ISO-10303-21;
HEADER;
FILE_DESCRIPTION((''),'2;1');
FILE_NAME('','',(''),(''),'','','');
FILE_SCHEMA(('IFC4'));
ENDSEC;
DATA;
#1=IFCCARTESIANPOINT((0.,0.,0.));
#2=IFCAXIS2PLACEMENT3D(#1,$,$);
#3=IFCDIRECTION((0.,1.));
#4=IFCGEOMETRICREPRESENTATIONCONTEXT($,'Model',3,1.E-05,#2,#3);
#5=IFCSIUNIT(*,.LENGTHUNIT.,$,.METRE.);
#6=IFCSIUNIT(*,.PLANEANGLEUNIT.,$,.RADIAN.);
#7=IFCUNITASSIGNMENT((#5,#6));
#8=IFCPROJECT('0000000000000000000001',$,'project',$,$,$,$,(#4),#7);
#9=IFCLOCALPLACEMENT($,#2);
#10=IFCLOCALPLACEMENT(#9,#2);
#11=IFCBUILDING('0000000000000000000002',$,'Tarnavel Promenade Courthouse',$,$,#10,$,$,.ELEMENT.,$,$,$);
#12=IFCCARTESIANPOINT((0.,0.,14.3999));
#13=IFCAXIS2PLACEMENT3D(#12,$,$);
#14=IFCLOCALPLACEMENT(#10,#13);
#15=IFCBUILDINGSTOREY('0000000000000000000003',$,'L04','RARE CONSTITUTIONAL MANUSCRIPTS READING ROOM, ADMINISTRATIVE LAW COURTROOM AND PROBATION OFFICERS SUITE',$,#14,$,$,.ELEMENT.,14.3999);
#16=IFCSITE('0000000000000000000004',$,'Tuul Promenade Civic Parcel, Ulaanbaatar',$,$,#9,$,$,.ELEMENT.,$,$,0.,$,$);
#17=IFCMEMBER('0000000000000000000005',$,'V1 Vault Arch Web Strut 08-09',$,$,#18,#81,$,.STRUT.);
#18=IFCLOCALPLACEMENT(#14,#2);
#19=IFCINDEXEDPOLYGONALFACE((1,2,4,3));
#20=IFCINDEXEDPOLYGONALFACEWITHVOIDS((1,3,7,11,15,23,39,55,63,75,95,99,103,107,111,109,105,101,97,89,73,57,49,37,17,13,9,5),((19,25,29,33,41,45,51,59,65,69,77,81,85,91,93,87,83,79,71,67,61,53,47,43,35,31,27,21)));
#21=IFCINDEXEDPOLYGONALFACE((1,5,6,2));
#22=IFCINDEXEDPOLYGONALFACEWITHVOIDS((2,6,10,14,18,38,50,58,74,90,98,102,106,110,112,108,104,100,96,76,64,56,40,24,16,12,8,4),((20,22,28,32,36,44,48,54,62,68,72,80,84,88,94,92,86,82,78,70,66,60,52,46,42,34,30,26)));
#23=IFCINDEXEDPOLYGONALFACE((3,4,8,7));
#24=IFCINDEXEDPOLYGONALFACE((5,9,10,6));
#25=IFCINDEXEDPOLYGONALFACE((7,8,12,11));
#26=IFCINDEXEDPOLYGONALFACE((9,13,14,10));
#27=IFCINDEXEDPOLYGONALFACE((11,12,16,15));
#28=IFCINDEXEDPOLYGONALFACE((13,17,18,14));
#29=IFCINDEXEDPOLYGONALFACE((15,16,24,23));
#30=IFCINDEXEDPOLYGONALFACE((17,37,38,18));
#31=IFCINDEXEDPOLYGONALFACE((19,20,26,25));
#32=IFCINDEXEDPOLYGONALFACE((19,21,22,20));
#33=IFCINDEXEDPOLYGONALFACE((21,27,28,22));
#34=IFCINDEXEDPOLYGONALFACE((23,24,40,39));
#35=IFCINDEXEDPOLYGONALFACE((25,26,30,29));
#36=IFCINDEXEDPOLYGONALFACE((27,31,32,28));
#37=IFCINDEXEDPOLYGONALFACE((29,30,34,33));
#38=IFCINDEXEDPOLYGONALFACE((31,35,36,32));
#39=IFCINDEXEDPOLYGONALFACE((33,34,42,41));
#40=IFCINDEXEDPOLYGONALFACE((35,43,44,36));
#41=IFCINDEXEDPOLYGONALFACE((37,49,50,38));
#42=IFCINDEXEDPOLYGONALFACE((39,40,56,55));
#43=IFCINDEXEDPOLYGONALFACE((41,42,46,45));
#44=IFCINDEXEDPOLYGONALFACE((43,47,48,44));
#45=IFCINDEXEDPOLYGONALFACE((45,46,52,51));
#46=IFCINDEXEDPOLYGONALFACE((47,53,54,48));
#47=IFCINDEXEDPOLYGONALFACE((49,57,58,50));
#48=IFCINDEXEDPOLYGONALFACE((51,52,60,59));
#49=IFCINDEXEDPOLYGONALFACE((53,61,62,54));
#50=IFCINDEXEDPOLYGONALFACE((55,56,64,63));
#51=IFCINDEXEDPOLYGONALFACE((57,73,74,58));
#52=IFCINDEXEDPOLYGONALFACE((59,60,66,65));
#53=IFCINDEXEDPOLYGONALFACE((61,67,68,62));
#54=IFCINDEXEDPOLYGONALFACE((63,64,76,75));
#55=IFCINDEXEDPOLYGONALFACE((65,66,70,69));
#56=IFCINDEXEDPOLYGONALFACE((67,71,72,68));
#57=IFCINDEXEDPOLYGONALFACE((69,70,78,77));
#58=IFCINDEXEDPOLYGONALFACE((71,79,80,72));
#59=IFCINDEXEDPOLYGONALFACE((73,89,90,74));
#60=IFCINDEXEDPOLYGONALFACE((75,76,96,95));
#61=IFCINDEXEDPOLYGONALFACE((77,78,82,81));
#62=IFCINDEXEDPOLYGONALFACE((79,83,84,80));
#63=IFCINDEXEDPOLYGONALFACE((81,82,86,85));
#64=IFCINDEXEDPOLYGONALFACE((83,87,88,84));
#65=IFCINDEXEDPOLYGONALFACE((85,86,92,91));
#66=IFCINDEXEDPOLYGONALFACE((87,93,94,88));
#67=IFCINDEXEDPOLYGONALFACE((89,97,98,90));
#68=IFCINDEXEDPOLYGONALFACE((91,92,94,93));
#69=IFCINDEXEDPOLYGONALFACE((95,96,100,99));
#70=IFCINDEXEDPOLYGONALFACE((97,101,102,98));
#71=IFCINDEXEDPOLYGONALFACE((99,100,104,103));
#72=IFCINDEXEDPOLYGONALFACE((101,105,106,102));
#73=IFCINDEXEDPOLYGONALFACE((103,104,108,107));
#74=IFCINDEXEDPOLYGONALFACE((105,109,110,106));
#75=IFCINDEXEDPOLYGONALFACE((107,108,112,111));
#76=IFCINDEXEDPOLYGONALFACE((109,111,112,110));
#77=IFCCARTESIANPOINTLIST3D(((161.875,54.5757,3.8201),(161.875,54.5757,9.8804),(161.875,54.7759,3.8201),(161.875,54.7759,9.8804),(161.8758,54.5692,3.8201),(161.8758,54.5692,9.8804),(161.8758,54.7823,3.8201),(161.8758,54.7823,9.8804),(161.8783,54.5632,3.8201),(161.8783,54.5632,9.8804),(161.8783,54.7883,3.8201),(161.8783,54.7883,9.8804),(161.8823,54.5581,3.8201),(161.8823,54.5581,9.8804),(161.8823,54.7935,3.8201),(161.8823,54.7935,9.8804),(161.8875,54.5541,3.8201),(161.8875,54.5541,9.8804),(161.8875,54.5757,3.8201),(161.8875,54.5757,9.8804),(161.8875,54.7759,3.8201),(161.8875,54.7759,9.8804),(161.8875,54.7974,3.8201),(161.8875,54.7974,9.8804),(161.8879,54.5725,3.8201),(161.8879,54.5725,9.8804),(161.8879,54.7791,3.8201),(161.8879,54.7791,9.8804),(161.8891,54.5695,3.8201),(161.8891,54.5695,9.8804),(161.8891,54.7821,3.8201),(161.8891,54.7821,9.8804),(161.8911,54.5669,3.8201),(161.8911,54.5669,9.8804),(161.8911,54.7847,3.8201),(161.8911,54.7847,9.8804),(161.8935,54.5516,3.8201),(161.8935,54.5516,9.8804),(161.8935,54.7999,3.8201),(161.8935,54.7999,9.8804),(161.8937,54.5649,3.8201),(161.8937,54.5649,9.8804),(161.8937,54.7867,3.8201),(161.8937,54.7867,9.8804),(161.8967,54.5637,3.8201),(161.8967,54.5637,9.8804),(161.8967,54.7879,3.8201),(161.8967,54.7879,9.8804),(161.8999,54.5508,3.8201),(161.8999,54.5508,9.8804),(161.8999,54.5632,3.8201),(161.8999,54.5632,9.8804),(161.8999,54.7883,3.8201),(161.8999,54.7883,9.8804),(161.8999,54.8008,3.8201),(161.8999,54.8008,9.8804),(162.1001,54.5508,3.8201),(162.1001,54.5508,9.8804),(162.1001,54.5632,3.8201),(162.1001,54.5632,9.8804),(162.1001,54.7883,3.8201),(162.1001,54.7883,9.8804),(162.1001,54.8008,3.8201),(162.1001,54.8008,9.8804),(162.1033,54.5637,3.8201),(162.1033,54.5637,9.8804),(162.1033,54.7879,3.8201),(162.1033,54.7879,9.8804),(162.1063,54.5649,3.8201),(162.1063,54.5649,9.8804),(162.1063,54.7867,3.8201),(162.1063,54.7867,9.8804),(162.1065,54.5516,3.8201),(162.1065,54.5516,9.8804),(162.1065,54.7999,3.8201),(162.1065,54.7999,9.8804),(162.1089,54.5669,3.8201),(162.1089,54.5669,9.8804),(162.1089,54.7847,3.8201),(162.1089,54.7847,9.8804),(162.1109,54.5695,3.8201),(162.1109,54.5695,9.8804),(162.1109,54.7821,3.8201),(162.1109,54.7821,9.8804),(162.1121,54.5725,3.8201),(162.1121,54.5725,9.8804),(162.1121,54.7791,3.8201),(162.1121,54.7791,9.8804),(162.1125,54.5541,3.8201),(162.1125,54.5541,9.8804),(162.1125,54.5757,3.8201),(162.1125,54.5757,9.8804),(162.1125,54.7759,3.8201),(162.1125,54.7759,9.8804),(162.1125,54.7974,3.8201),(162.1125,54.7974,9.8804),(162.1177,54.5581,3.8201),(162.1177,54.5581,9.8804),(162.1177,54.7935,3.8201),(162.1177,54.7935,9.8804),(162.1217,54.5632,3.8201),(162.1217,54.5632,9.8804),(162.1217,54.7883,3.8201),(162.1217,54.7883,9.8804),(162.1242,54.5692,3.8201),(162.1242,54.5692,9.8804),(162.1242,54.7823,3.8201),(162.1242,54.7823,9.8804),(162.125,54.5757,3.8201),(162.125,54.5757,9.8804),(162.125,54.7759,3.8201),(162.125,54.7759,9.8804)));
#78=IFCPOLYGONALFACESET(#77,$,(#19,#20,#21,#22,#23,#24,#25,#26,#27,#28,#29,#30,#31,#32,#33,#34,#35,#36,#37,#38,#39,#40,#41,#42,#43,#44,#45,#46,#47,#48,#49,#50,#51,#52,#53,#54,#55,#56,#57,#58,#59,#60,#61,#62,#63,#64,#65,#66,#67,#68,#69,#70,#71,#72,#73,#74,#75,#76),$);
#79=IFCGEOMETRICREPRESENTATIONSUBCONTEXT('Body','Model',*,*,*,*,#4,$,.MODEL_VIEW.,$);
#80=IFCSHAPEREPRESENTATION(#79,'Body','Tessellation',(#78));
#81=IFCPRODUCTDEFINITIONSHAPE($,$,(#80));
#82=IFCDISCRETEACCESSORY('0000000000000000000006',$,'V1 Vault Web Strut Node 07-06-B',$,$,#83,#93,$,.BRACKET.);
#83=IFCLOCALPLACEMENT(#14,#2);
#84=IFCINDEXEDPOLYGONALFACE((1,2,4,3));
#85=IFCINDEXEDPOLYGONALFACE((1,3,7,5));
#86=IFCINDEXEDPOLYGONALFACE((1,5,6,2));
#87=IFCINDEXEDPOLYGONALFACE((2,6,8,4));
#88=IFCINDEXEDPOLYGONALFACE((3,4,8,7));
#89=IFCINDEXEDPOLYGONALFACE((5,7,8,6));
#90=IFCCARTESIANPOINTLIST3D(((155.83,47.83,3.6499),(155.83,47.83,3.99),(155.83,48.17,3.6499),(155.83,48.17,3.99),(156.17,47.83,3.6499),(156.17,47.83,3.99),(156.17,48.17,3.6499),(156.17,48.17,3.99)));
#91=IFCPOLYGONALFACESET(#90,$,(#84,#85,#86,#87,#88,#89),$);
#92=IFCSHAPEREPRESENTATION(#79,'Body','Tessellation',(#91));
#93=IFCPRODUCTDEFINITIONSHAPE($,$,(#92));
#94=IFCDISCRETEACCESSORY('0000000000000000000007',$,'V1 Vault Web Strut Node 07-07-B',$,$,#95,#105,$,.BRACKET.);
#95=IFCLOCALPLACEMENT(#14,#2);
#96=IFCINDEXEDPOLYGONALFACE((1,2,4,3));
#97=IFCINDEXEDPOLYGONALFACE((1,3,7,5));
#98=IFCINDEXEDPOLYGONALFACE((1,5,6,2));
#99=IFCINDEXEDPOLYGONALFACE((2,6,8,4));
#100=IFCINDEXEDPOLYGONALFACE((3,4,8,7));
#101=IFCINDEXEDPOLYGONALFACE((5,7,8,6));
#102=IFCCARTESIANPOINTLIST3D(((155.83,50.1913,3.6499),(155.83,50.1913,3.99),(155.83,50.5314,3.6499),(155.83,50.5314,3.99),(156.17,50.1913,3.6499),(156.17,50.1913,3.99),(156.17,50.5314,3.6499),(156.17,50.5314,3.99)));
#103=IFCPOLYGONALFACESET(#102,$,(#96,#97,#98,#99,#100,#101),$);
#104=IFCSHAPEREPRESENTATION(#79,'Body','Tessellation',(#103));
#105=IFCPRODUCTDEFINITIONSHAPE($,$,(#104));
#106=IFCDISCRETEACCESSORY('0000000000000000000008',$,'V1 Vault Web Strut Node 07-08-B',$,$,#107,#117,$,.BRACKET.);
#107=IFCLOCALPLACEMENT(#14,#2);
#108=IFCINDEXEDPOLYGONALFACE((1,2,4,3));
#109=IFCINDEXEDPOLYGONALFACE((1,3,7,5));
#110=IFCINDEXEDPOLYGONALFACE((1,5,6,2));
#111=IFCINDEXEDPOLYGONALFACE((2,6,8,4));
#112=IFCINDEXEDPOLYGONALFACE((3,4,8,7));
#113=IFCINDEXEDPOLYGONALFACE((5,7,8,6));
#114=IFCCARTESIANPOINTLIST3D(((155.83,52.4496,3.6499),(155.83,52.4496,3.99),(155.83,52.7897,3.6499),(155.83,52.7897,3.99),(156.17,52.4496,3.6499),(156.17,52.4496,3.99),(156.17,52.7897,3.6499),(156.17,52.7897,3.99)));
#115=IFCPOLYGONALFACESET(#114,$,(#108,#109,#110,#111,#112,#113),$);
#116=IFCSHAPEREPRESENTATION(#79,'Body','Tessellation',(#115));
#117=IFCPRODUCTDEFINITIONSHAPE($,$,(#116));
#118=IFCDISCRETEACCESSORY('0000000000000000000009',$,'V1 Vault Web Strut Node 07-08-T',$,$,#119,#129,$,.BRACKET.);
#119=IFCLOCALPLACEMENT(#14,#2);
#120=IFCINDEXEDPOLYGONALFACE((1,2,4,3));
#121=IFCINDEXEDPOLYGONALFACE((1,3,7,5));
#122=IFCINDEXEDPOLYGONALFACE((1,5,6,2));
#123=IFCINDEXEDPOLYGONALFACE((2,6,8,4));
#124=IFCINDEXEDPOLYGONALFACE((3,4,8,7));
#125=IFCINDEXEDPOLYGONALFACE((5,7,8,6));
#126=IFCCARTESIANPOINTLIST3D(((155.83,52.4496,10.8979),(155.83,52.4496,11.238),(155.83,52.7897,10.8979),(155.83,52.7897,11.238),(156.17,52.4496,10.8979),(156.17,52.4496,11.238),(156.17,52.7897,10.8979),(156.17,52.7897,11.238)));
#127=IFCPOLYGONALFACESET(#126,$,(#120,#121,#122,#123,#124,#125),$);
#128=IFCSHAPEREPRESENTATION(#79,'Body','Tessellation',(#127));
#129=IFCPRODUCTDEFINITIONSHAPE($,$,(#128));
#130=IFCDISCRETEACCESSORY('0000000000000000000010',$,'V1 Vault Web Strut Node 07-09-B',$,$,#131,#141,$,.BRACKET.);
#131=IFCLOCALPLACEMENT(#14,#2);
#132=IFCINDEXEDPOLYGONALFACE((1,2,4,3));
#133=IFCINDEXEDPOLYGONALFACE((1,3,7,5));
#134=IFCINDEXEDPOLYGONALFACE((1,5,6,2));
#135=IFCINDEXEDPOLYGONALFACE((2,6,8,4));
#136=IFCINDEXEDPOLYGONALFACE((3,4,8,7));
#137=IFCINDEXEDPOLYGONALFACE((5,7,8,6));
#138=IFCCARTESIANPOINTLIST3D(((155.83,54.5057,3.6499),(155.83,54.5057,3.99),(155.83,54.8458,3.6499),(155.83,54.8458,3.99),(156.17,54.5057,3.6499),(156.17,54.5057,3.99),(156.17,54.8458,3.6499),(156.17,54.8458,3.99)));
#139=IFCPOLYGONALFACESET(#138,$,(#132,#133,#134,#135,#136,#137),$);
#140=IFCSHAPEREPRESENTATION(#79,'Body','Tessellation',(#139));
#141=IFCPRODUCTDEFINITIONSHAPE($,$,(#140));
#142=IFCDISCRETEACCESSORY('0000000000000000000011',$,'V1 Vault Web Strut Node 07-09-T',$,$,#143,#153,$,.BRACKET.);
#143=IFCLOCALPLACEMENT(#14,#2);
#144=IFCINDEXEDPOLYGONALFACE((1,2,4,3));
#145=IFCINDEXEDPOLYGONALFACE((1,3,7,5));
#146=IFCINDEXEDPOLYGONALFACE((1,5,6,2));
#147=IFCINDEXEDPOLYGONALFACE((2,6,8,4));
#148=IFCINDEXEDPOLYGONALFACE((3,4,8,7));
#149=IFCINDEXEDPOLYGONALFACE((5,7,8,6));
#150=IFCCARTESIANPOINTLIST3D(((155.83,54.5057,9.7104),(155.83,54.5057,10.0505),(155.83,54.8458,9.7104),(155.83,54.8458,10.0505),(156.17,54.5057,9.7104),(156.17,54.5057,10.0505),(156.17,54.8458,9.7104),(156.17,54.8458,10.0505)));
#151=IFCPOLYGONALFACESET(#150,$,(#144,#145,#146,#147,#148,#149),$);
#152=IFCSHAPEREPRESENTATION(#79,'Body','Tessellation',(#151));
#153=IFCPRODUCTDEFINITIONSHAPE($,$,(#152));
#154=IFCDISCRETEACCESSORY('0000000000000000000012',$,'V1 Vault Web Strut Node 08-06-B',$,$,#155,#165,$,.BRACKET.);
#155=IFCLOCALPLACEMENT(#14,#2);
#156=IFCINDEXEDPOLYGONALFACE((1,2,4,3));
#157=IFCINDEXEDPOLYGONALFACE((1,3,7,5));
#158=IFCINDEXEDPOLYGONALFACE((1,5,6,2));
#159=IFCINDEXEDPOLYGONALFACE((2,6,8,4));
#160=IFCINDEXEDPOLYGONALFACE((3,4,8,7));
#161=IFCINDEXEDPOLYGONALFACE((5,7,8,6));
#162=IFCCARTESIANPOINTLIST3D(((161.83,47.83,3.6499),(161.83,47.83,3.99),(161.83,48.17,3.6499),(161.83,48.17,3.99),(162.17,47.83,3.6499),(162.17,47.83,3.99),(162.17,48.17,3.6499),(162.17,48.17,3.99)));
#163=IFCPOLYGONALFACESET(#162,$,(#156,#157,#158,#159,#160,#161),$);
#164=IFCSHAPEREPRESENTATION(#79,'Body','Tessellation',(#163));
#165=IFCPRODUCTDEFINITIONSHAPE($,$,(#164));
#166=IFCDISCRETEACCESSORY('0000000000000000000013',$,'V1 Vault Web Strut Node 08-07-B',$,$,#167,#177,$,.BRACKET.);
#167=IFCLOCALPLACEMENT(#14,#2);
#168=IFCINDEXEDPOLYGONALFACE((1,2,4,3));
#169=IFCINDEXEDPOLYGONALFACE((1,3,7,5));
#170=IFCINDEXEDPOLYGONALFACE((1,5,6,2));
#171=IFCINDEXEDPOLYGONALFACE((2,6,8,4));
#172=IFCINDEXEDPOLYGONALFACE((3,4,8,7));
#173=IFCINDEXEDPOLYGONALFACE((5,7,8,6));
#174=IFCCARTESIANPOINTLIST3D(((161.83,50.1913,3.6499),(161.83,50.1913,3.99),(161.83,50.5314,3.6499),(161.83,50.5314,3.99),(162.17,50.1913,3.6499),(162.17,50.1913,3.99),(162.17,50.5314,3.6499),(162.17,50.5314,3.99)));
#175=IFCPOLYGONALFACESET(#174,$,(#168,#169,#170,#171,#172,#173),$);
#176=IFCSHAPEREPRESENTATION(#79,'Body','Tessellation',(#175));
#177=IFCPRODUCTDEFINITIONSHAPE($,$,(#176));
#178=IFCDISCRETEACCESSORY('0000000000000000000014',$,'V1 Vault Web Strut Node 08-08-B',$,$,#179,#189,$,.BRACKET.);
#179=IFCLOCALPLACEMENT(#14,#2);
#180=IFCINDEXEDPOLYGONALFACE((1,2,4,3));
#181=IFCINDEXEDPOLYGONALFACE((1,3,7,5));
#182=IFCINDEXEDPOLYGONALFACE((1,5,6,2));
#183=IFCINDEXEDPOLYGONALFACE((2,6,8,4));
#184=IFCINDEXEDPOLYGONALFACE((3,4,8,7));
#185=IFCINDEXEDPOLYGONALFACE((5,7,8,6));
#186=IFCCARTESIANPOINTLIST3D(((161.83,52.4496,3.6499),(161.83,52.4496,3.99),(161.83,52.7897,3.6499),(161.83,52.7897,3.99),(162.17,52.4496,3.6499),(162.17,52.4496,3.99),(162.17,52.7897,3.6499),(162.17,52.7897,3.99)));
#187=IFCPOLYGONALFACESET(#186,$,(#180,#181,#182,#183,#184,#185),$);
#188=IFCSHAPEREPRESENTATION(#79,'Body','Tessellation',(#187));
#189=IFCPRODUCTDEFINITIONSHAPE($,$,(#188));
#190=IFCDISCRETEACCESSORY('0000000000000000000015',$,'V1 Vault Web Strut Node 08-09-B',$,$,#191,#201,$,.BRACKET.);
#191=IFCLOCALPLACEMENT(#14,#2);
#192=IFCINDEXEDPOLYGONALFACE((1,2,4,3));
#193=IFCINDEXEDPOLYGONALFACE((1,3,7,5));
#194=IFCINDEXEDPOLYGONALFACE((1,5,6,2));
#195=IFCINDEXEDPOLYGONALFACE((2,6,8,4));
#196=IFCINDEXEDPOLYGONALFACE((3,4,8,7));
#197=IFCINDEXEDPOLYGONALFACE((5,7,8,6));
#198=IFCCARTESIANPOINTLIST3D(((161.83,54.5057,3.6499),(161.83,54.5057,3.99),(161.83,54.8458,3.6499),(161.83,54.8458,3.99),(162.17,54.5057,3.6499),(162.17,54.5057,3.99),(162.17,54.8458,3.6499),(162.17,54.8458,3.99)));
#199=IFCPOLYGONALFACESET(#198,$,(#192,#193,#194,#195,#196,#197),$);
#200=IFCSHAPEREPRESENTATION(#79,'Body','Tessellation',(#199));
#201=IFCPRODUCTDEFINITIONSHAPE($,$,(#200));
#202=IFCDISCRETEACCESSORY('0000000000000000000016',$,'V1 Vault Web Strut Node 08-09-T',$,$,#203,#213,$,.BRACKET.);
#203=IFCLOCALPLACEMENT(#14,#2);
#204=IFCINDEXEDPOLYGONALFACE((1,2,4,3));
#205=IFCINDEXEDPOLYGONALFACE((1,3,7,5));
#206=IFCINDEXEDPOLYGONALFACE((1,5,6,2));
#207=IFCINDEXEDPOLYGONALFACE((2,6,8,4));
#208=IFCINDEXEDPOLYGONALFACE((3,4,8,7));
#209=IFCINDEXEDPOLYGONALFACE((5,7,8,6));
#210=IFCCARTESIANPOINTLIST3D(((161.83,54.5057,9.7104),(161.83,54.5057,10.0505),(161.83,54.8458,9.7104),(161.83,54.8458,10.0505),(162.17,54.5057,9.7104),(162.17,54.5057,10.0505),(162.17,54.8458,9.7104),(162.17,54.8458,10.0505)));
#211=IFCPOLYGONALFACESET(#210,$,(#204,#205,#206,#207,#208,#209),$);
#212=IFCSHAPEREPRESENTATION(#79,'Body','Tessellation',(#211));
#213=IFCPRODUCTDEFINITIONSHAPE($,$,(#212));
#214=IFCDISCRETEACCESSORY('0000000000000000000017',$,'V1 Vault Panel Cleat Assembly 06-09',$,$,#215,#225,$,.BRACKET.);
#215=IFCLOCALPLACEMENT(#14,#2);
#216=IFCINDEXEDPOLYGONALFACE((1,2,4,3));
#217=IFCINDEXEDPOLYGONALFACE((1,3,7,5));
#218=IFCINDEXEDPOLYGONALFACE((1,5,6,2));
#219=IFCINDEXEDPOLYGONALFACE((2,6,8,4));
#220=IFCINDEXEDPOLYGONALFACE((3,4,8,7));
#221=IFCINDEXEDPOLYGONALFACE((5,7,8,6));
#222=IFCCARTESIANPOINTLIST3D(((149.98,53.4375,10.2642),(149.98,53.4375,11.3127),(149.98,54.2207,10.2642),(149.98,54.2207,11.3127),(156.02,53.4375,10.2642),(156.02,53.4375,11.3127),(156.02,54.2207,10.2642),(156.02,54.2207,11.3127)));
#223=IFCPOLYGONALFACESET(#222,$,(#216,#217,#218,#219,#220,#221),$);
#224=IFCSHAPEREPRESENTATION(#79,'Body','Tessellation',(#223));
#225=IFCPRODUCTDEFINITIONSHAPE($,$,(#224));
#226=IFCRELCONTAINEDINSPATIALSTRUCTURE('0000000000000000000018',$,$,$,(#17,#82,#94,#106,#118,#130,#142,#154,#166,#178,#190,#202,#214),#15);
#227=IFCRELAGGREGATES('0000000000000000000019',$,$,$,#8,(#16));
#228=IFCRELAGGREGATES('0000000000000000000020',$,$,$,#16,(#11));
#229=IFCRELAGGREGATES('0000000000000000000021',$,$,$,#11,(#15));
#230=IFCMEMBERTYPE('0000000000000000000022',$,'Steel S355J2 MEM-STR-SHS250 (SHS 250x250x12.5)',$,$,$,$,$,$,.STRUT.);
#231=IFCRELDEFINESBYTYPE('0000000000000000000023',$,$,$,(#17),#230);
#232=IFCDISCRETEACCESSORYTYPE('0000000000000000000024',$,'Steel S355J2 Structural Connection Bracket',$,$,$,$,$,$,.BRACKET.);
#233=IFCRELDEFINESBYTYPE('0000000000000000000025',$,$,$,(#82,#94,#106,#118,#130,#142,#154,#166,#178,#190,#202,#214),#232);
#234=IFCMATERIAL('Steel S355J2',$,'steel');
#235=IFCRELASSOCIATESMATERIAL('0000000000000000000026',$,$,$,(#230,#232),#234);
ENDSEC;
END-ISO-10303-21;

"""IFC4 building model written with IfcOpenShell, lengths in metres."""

from ifc_helpers import new_model, si_unit, direction, frame, origin, origin_2d, place, context, subcontext, project, spatial, rectangle, hollow_rectangle, extrude, material, material_profile, profile_set, type_object, element, save


model = new_model("IFC4")

# Units and contexts
model_context = context("Model", 3, precision=1e-05, world=origin(), true_north=direction((0.0, 1.0)))
body_context = subcontext(model_context, "Body", "Model", "MODEL_VIEW")
ifc_project = project(units=[si_unit("LENGTHUNIT", "METRE"), si_unit("PLANEANGLEUNIT", "RADIAN")], contexts=[model_context])

# Site, building, storey
site_placement = place(None, origin())
site = spatial("IfcSite", under=ifc_project, at=site_placement, Name="Tuul Promenade Civic Parcel, Ulaanbaatar", CompositionType="ELEMENT", RefElevation=0.0)
building_placement = place(site_placement, origin())
building = spatial("IfcBuilding", under=site, at=building_placement, Name="Tarnavel Promenade Courthouse", CompositionType="ELEMENT")
storey_placement = place(building_placement, frame((0.0, 0.0, 14.3999)))
storey = spatial("IfcBuildingStorey", under=building, at=storey_placement, Name="L04", Description="RARE CONSTITUTIONAL MANUSCRIPTS READING ROOM, ADMINISTRATIVE LAW COURTROOM AND PROBATION OFFICERS SUITE", CompositionType="ELEMENT", Elevation=14.3999)

# Shared definitions
ifc_material = material(Name="Steel S355J2", Category="steel")

# Member
ifc_material_profile_1 = material_profile(ifc_material, hollow_rectangle(XDim=0.25, YDim=0.25, WallThickness=0.0125, InnerFilletRadius=0.0125, OuterFilletRadius=0.0249, at=origin_2d()), Name="SHS 250x250x12.5")
ifc_profile_set_1 = profile_set([ifc_material_profile_1], Name="Steel S355J2")
member_type = type_object("IfcMemberType", Name="Steel S355J2 MEM-STR-SHS250 (SHS 250x250x12.5)", PredefinedType="STRUT", material=ifc_profile_set_1)
member_1_placement = place(storey_placement, frame((162.0, 54.6758, 3.8201), z_axis=(0.0, 0.0, 1.0), x_axis=(1.0, 0.0, 0.0)))
element("IfcMember", 1, at=member_1_placement, inside=storey, type_object=member_type, Name="V1 Vault Arch Web Strut 08-09", PredefinedType="STRUT", context=body_context, shape_type="SweptSolid", body=[
    extrude(hollow_rectangle(XDim=0.25, YDim=0.25, WallThickness=0.0125, InnerFilletRadius=0.0125, OuterFilletRadius=0.0249, at=origin_2d()), origin(), (0.0, 0.0, 1.0), 6.0603),
])

# Discrete accessories
discrete_accessory_type = type_object("IfcDiscreteAccessoryType", Name="Steel S355J2 Structural Connection Bracket", PredefinedType="BRACKET", material=ifc_material)
for number, where, z_axis, x_axis, name in (
    (2, (156.0, 48.0, 3.6499), (0.0, 0.0, 1.0), (1.0, 0.0, 0.0), "V1 Vault Web Strut Node 07-06-B"),
    (3, (156.0, 50.3613, 3.6499), (0.0, 0.0, 1.0), (1.0, 0.0, 0.0), "V1 Vault Web Strut Node 07-07-B"),
    (4, (156.0, 52.6196, 3.6499), (0.0, 0.0, 1.0), (1.0, 0.0, 0.0), "V1 Vault Web Strut Node 07-08-B"),
    (5, (156.0, 52.6196, 10.8979), (0.0, 0.0, 1.0), (1.0, 0.0, 0.0), "V1 Vault Web Strut Node 07-08-T"),
    (6, (156.0, 54.6758, 3.6499), (0.0, 0.0, 1.0), (1.0, 0.0, 0.0), "V1 Vault Web Strut Node 07-09-B"),
    (7, (156.0, 54.6758, 9.7104), (0.0, 0.0, 1.0), (1.0, 0.0, 0.0), "V1 Vault Web Strut Node 07-09-T"),
    (8, (162.0, 48.0, 3.6499), (0.0, 0.0, 1.0), (1.0, 0.0, 0.0), "V1 Vault Web Strut Node 08-06-B"),
    (9, (162.0, 50.3613, 3.6499), (0.0, 0.0, 1.0), (1.0, 0.0, 0.0), "V1 Vault Web Strut Node 08-07-B"),
    (10, (162.0, 52.6196, 3.6499), (0.0, 0.0, 1.0), (1.0, 0.0, 0.0), "V1 Vault Web Strut Node 08-08-B"),
    (11, (162.0, 54.6758, 3.6499), (0.0, 0.0, 1.0), (1.0, 0.0, 0.0), "V1 Vault Web Strut Node 08-09-B"),
    (12, (162.0, 54.6758, 9.7104), (0.0, 0.0, 1.0), (1.0, 0.0, 0.0), "V1 Vault Web Strut Node 08-09-T"),
):
    element("IfcDiscreteAccessory", number, at=place(storey_placement, frame(where, z_axis=z_axis, x_axis=x_axis)), inside=storey, type_object=discrete_accessory_type, Name=name, PredefinedType="BRACKET", context=body_context, shape_type="SweptSolid", body=[
        extrude(rectangle(XDim=0.3401, YDim=0.3401, at=origin_2d()), origin(), (0.0, 0.0, 1.0), 0.3401),
    ])
for number, where, z_axis, x_axis, name in (
    (13, (153.0, 53.8291, 10.2642), (0.0, 0.0, 1.0), (1.0, 0.0, 0.0), "V1 Vault Panel Cleat Assembly 06-09"),
):
    element("IfcDiscreteAccessory", number, at=place(storey_placement, frame(where, z_axis=z_axis, x_axis=x_axis)), inside=storey, type_object=discrete_accessory_type, Name=name, PredefinedType="BRACKET", context=body_context, shape_type="SweptSolid", body=[
        extrude(rectangle(XDim=6.04, YDim=0.7832, at=origin_2d()), origin(), (0.0, 0.0, 1.0), 1.0486),
    ])

save(model, "model.ifc")
